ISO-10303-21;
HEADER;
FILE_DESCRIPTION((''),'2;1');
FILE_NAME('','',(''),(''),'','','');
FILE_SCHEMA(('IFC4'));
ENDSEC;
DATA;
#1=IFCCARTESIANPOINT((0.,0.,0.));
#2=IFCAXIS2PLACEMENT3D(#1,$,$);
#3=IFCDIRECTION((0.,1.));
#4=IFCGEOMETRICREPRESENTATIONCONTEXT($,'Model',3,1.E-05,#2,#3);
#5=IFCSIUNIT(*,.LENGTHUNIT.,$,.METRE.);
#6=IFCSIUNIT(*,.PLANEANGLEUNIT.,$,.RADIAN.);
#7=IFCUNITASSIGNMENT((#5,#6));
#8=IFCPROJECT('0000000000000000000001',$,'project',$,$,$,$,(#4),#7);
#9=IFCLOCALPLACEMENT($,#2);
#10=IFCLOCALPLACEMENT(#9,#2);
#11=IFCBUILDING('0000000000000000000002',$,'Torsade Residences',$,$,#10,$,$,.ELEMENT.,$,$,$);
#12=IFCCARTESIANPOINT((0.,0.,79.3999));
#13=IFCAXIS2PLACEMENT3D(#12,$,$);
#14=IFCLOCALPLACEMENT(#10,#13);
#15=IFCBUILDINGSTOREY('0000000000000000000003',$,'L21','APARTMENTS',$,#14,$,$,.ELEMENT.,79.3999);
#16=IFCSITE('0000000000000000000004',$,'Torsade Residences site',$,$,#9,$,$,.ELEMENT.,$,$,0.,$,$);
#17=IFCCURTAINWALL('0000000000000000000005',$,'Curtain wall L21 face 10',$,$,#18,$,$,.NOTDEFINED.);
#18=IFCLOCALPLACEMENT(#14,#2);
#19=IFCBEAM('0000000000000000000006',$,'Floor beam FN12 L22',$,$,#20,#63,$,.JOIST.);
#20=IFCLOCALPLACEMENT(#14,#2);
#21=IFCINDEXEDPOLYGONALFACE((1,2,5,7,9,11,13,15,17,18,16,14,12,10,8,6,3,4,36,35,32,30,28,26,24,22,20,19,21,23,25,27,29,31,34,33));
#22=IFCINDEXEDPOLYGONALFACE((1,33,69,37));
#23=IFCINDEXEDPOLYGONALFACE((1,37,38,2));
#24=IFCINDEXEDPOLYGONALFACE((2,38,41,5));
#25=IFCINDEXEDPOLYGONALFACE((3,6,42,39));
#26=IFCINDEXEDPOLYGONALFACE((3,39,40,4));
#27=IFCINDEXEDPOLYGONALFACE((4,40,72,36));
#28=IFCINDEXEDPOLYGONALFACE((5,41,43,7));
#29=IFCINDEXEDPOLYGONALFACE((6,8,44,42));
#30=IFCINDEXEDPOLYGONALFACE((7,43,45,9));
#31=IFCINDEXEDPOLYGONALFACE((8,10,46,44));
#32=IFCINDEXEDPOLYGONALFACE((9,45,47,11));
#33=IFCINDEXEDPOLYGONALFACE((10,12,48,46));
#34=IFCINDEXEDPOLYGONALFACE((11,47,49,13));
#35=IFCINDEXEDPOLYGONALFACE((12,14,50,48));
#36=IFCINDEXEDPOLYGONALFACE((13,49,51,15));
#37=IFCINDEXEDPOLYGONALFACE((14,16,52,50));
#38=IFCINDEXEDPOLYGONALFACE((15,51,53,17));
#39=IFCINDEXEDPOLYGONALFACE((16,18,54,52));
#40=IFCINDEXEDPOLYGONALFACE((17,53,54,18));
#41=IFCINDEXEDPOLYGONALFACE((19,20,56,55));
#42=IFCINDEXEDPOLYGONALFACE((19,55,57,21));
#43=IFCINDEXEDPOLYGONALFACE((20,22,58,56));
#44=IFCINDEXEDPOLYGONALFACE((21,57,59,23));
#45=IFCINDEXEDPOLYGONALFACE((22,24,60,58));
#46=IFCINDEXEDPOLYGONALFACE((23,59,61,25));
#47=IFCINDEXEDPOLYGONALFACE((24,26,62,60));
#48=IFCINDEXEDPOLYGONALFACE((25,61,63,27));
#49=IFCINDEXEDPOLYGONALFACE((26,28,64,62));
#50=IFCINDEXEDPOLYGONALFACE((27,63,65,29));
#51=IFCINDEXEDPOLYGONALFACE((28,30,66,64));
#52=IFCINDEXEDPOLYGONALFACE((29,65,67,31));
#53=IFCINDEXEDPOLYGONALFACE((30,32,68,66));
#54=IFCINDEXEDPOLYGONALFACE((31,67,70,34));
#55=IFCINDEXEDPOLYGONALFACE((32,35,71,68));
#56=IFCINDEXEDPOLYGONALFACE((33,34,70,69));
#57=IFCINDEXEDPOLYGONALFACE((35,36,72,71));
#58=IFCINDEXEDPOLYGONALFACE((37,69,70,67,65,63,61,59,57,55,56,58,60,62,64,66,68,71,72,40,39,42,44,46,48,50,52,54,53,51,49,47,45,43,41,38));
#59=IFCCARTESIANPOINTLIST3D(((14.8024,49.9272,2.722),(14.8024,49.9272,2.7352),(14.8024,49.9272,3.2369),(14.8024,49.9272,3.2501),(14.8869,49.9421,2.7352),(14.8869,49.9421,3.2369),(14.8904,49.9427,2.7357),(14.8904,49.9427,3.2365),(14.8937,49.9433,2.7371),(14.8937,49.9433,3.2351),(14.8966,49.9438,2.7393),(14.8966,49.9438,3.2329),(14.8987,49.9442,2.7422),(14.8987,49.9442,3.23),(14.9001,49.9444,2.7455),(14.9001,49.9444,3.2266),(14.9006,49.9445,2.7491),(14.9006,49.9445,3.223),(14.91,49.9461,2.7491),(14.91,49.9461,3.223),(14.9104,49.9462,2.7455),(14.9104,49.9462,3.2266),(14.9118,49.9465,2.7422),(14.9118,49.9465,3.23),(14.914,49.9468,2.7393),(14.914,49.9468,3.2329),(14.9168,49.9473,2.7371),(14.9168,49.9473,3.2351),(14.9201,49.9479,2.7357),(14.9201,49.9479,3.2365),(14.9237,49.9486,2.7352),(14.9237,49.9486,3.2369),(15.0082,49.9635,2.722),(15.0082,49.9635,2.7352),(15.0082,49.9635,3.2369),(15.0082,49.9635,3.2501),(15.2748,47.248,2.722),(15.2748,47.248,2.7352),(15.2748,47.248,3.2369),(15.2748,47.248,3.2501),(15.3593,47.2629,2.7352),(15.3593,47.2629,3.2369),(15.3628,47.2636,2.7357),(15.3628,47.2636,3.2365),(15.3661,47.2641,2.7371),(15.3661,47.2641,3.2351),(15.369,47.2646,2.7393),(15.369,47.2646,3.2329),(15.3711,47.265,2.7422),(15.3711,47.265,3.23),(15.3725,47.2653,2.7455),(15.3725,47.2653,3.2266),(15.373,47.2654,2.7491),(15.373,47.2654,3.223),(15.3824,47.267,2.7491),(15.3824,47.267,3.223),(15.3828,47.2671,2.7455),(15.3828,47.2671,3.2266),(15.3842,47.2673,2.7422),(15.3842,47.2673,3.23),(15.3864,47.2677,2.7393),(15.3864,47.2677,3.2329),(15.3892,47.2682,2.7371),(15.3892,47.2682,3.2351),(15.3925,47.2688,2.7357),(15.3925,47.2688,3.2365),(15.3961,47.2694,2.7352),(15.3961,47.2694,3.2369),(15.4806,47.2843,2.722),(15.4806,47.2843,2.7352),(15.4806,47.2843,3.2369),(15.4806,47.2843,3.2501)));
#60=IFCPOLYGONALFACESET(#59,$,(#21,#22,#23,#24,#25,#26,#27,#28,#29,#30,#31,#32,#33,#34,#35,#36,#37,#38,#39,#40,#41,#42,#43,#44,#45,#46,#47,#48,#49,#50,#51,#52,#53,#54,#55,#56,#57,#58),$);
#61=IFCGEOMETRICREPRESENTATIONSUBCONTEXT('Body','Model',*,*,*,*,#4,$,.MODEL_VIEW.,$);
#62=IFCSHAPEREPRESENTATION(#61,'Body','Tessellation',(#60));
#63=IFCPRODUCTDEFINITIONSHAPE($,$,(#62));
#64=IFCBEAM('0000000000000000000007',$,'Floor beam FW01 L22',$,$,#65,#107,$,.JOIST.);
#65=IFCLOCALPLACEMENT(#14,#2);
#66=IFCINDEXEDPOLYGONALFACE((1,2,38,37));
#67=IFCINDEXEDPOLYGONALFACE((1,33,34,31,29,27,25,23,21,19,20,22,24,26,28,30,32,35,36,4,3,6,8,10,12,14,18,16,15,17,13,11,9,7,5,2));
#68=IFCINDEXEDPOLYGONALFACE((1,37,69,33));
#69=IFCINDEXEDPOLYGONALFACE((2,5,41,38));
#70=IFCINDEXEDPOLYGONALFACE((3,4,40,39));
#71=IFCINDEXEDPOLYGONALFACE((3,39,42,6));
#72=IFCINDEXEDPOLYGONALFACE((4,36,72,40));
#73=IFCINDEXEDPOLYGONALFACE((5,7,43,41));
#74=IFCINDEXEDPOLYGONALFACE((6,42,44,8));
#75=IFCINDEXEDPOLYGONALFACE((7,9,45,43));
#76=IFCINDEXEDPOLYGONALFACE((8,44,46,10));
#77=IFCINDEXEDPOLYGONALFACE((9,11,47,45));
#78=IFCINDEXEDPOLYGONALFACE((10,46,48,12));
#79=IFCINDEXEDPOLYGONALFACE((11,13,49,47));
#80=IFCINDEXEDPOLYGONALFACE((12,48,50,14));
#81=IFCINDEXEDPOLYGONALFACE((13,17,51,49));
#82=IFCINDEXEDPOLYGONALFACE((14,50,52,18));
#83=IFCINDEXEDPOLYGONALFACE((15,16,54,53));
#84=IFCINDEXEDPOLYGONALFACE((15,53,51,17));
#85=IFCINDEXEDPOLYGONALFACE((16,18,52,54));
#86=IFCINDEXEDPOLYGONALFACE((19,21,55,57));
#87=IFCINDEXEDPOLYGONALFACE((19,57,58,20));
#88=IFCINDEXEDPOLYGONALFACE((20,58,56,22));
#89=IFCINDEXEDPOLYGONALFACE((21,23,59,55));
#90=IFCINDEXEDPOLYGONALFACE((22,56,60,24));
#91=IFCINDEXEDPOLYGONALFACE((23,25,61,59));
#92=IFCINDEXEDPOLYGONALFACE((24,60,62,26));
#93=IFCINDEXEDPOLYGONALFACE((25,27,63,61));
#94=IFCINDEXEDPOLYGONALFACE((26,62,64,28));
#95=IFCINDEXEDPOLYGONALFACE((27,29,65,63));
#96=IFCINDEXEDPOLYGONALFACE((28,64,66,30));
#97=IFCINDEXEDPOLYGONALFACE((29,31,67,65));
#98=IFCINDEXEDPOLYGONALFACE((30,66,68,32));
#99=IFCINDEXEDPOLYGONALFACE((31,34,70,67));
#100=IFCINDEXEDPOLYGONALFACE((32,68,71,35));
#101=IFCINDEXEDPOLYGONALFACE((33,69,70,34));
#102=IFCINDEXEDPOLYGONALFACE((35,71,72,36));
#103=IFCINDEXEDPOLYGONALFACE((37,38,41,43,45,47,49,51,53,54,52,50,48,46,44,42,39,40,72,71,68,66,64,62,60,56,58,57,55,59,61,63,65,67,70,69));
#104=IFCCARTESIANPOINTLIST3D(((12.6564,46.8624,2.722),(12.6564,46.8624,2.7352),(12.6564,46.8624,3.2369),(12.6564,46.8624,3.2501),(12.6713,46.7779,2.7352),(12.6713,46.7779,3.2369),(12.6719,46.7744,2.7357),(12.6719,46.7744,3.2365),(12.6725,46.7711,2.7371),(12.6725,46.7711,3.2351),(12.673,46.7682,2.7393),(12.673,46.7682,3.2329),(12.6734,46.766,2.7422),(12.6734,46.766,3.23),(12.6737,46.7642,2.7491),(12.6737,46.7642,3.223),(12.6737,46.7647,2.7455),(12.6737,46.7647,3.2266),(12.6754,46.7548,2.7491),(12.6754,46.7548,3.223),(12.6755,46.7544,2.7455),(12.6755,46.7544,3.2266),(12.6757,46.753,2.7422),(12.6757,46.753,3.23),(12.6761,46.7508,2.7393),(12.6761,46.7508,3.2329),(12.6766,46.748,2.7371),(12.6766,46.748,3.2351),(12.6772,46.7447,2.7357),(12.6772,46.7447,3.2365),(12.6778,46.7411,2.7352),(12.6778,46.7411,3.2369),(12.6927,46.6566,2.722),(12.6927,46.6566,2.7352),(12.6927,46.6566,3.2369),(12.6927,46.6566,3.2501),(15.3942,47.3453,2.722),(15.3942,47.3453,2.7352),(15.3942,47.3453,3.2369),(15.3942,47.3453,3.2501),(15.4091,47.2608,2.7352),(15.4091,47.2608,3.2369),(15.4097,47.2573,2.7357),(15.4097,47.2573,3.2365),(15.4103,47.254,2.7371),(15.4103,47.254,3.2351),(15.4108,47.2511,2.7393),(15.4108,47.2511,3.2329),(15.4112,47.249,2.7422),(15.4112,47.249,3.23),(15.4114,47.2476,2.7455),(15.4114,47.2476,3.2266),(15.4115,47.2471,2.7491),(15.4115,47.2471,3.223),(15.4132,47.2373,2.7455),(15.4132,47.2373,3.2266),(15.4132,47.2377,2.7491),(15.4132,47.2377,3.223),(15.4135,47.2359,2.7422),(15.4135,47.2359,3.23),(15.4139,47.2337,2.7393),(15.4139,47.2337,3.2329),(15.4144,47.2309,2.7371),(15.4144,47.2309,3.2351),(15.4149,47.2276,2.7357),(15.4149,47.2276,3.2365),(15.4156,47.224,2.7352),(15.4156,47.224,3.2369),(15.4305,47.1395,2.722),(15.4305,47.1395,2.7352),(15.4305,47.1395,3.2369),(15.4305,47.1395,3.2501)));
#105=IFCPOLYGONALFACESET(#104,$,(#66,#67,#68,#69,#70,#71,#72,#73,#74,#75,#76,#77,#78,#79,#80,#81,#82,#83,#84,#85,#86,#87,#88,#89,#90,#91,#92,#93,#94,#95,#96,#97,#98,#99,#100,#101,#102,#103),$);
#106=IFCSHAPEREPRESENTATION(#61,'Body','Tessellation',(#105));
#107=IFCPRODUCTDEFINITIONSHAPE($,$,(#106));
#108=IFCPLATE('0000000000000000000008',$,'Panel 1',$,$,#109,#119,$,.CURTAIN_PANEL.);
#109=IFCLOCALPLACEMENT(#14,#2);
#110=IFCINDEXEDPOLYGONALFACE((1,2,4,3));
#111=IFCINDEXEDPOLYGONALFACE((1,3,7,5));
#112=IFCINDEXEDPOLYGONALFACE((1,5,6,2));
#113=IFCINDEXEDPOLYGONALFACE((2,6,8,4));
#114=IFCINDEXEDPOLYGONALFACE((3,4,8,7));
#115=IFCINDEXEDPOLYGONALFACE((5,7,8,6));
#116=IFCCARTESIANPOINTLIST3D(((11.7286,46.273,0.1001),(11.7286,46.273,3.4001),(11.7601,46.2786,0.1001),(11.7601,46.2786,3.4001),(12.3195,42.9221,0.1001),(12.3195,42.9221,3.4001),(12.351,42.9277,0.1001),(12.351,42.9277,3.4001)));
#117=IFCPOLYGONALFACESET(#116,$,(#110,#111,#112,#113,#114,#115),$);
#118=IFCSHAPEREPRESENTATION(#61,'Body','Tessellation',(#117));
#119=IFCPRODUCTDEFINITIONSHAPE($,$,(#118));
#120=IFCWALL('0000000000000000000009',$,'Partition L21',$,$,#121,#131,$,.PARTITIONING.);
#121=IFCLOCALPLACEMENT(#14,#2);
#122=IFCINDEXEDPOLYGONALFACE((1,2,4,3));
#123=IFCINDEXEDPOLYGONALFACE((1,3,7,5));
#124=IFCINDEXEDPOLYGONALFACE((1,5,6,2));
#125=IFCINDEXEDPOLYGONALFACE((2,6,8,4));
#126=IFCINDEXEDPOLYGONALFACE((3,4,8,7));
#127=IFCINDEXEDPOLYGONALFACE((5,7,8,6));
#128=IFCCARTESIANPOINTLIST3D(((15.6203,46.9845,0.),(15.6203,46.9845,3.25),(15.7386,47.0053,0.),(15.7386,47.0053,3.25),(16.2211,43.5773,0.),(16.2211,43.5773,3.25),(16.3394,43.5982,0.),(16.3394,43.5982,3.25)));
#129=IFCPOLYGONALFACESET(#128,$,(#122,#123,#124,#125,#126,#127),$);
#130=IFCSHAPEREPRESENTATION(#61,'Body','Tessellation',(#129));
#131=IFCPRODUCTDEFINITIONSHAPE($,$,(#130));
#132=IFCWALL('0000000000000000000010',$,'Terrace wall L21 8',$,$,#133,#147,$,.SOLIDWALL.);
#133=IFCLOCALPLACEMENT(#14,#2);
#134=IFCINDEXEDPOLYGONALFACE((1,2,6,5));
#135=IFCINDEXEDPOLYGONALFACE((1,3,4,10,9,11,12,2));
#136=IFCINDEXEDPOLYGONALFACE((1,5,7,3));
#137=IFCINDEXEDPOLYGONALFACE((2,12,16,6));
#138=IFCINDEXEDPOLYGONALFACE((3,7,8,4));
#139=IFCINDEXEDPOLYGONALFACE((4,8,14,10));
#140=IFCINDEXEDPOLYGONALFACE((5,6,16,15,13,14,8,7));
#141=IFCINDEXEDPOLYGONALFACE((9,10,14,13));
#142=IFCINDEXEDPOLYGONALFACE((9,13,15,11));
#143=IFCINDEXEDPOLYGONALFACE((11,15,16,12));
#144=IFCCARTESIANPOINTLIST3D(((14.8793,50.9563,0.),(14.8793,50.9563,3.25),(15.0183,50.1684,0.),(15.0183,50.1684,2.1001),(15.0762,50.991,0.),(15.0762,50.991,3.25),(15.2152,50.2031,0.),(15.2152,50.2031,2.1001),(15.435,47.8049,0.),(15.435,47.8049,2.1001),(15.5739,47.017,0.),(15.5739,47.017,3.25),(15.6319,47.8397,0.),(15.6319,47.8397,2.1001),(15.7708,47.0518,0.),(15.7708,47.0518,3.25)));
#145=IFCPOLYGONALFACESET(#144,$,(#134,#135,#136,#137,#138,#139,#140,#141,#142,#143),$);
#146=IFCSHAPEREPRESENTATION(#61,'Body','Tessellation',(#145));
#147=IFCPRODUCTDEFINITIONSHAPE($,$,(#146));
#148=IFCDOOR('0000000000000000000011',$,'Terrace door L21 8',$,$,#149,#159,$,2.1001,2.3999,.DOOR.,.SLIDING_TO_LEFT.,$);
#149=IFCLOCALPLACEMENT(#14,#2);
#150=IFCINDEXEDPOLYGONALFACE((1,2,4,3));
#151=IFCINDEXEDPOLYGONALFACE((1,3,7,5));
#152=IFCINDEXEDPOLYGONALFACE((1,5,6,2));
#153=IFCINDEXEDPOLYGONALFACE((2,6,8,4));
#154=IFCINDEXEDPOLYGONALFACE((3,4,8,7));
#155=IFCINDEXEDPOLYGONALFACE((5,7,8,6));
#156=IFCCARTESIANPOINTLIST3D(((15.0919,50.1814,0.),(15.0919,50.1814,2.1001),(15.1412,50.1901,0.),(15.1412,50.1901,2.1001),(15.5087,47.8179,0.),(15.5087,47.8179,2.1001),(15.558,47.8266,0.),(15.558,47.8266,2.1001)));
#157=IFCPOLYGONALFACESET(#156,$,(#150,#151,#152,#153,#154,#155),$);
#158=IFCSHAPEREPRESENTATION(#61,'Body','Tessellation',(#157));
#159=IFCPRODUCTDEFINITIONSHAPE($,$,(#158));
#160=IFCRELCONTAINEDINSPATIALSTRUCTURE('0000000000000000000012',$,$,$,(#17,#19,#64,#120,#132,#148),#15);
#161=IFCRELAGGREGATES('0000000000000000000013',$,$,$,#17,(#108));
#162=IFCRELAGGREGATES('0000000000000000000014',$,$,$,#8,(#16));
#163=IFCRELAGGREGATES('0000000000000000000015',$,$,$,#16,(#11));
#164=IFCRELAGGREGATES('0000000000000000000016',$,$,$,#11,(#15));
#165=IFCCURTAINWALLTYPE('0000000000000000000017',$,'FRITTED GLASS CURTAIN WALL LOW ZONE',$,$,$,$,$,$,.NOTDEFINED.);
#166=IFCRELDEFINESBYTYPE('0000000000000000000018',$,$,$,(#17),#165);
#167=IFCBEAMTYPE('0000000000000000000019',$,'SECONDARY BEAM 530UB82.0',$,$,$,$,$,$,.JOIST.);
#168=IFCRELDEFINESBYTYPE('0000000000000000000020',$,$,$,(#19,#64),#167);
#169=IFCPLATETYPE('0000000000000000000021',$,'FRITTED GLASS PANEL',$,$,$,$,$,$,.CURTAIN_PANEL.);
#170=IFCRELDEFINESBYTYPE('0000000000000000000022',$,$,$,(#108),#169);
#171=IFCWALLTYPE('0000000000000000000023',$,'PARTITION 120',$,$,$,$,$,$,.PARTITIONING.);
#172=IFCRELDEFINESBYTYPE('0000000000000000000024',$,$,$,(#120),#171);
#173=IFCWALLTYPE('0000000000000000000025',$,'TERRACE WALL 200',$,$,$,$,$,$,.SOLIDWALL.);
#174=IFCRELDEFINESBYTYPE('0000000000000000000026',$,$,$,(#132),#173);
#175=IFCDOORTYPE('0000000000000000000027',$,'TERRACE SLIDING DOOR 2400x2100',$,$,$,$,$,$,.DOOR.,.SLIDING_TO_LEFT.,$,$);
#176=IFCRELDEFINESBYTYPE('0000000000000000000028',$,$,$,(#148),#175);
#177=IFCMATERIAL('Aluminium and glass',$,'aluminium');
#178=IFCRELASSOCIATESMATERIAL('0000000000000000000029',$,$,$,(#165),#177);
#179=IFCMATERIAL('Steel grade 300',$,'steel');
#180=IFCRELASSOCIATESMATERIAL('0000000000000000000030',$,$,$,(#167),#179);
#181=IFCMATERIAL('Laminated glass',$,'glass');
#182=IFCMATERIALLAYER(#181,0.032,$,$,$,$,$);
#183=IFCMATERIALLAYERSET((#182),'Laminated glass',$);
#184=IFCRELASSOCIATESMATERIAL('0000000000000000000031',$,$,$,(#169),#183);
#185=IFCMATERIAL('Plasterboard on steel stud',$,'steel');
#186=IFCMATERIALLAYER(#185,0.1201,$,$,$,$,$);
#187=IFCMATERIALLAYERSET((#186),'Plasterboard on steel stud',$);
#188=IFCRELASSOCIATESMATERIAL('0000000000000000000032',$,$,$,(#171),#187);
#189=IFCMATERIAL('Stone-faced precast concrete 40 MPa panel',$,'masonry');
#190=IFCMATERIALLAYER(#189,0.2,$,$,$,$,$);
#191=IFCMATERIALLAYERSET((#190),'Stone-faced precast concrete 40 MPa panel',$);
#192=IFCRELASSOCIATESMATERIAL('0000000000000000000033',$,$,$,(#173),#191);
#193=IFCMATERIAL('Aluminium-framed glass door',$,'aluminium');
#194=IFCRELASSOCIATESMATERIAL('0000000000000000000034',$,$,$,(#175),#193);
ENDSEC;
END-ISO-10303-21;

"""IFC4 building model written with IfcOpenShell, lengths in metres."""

from ifc_helpers import new_model, si_unit, direction, frame, frame_2d, origin, origin_2d, place, context, subcontext, project, spatial, rectangle, i_section, extrude, material, layer, layer_set, material_profile, profile_set, type_object, element, fill, aggregate, save


model = new_model("IFC4")

# Units and contexts
model_context = context("Model", 3, precision=1e-05, world=origin(), true_north=direction((0.0, 1.0)))
body_context = subcontext(model_context, "Body", "Model", "MODEL_VIEW")
ifc_project = project(units=[si_unit("LENGTHUNIT", "METRE"), si_unit("PLANEANGLEUNIT", "RADIAN")], contexts=[model_context])

# Site, building, storey
site_placement = place(None, origin())
site = spatial("IfcSite", under=ifc_project, at=site_placement, Name="Torsade Residences site", CompositionType="ELEMENT", RefElevation=0.0)
building_placement = place(site_placement, origin())
building = spatial("IfcBuilding", under=site, at=building_placement, Name="Torsade Residences", CompositionType="ELEMENT")
storey_placement = place(building_placement, frame((0.0, 0.0, 79.3999)))
storey = spatial("IfcBuildingStorey", under=building, at=storey_placement, Name="L21", Description="APARTMENTS", CompositionType="ELEMENT", Elevation=79.3999)

# Shared definitions
ifc_material_1 = material(Name="Aluminium and glass", Category="aluminium")
curtain_wall_type = type_object("IfcCurtainWallType", Name="FRITTED GLASS CURTAIN WALL LOW ZONE", PredefinedType="NOTDEFINED", material=ifc_material_1)

# Curtain wall
curtain_wall_1_placement = place(storey_placement, origin())
curtain_wall_1 = element("IfcCurtainWall", 1, at=curtain_wall_1_placement, inside=storey, type_object=curtain_wall_type, Name="Curtain wall L21 face 10", PredefinedType="NOTDEFINED")

# Beams
ifc_material_2 = material(Name="Steel grade 300", Category="steel")
ifc_material_profile_1 = material_profile(ifc_material_2, i_section(OverallWidth=0.209, OverallDepth=0.5281, WebThickness=0.0095, FlangeThickness=0.0132, FilletRadius=0.0139, at=origin_2d()), Name="530UB82.0")
ifc_profile_set_1 = profile_set([ifc_material_profile_1], Name="Steel grade 300")
beam_type_1 = type_object("IfcBeamType", Name="SECONDARY BEAM 530UB82.0", PredefinedType="JOIST", material=ifc_profile_set_1)
beam_1_placement = place(storey_placement, frame((14.9053, 49.9453, 2.9861), z_axis=(0.173647, -0.984808, 0.0), x_axis=(0.984808, 0.173647, 0.0)))
element("IfcBeam", 2, at=beam_1_placement, inside=storey, type_object=beam_type_1, Name="Floor beam FN12 L22", PredefinedType="JOIST", context=body_context, shape_type="SweptSolid", body=[
    extrude(i_section(OverallWidth=0.209, OverallDepth=0.5281, WebThickness=0.0095, FlangeThickness=0.0132, FilletRadius=0.0139, at=origin_2d()), origin(), (0.0, 0.0, 1.0), 2.7205),
])
beam_2_placement = place(storey_placement, frame((12.6746, 46.7595, 2.9861), z_axis=(0.984798, 0.173705, 0.0), x_axis=(-0.173705, 0.984798, 0.0)))
element("IfcBeam", 3, at=beam_2_placement, inside=storey, type_object=beam_type_1, Name="Floor beam FW01 L22", PredefinedType="JOIST", context=body_context, shape_type="SweptSolid", body=[
    extrude(i_section(OverallWidth=0.209, OverallDepth=0.5281, WebThickness=0.0095, FlangeThickness=0.0132, FilletRadius=0.0139, at=origin_2d()), origin(), (0.0, 0.0, 1.0), 2.78),
])

# Plate
ifc_material_3 = material(Name="Laminated glass", Category="glass")
ifc_layer_1 = layer(ifc_material_3, 0.032)
ifc_layer_set_1 = layer_set([ifc_layer_1], Name="Laminated glass")
plate_type = type_object("IfcPlateType", Name="FRITTED GLASS PANEL", PredefinedType="CURTAIN_PANEL", material=ifc_layer_set_1)
plate_placement = place(storey_placement, frame((12.0398, 44.6003, 0.1001), z_axis=(0.0, 0.0, 1.0), x_axis=(0.173648, -0.984808, 0.0)))
plate = element("IfcPlate", 4, at=plate_placement, type_object=plate_type, Name="Panel 1", PredefinedType="CURTAIN_PANEL", context=body_context, shape_type="SweptSolid", body=[
    extrude(rectangle(XDim=3.4026, YDim=0.032, at=origin_2d()), origin(), (0.0, 0.0, 1.0), 3.3),
])
aggregate(curtain_wall_1, [plate])

# Wall
ifc_material_4 = material(Name="Plasterboard on steel stud", Category="steel")
ifc_layer_2 = layer(ifc_material_4, 0.1201)
ifc_layer_set_2 = layer_set([ifc_layer_2], Name="Plasterboard on steel stud")
wall_type_1 = type_object("IfcWallType", Name="PARTITION 120", PredefinedType="PARTITIONING", material=ifc_layer_set_2)
wall_1_placement = place(storey_placement, frame((16.2803, 43.5876, 0.0), z_axis=(0.0, 0.0, 1.0), x_axis=(-0.173661, 0.984806, 0.0)))
element("IfcWall", 5, at=wall_1_placement, inside=storey, type_object=wall_type_1, Name="Partition L21", PredefinedType="PARTITIONING", context=body_context, shape_type="SweptSolid", body=[
    extrude(rectangle(XDim=3.4597, YDim=0.1201, at=frame_2d((1.73, 0.0))), origin(), (0.0, 0.0, 1.0), 3.25),
])

# Wall, opening, door
ifc_material_5 = material(Name="Stone-faced precast concrete 40 MPa panel", Category="masonry")
ifc_layer_3 = layer(ifc_material_5, 0.2)
ifc_layer_set_3 = layer_set([ifc_layer_3], Name="Stone-faced precast concrete 40 MPa panel")
wall_type_2 = type_object("IfcWallType", Name="TERRACE WALL 200", PredefinedType="SOLIDWALL", material=ifc_layer_set_3)
wall_2_placement = place(storey_placement, frame((14.9778, 50.9736, 0.0), z_axis=(0.0, 0.0, 1.0), x_axis=(0.173646, -0.984808, 0.0)))
wall_2 = element("IfcWall", 6, at=wall_2_placement, inside=storey, type_object=wall_type_2, Name="Terrace wall L21 8", PredefinedType="SOLIDWALL", context=body_context, shape_type="SweptSolid", body=[
    extrude(rectangle(XDim=4.0, YDim=0.2, at=frame_2d((2.0, 0.0))), origin(), (0.0, 0.0, 1.0), 3.25),
])
opening_1_placement = place(wall_2_placement, frame((0.8, 0.0, 0.0)))
opening_1 = element("IfcOpeningElement", 7, at=opening_1_placement, cuts=wall_2, PredefinedType="OPENING", context=body_context, shape_type="SweptSolid", body=[
    extrude(rectangle(XDim=2.3999, YDim=2.1001, at=frame_2d((1.2, 1.05))), frame((0.0, 0.1099, 0.0), z_axis=(0.0, -1.0, 0.0), x_axis=(1.0, 0.0, 0.0)), (0.0, 0.0, 1.0), 0.22),
])
ifc_material_6 = material(Name="Aluminium-framed glass door", Category="aluminium")
door_type = type_object("IfcDoorType", Name="TERRACE SLIDING DOOR 2400x2100", OperationType="SLIDING_TO_LEFT", PredefinedType="DOOR", material=ifc_material_6)
door_placement = place(opening_1_placement, origin())
door = element("IfcDoor", 8, at=door_placement, inside=storey, type_object=door_type, Name="Terrace door L21 8", OperationType="SLIDING_TO_LEFT", OverallHeight=2.1001, OverallWidth=2.3999, PredefinedType="DOOR", context=body_context, shape_type="SweptSolid", body=[
    extrude(rectangle(XDim=2.3999, YDim=2.1001, at=frame_2d((1.2, 1.05))), frame((0.0, 0.0249, 0.0), z_axis=(0.0, -1.0, 0.0), x_axis=(1.0, 0.0, 0.0)), (0.0, 0.0, 1.0), 0.05),
])
fill(opening_1, door)

save(model, "model.ifc")
